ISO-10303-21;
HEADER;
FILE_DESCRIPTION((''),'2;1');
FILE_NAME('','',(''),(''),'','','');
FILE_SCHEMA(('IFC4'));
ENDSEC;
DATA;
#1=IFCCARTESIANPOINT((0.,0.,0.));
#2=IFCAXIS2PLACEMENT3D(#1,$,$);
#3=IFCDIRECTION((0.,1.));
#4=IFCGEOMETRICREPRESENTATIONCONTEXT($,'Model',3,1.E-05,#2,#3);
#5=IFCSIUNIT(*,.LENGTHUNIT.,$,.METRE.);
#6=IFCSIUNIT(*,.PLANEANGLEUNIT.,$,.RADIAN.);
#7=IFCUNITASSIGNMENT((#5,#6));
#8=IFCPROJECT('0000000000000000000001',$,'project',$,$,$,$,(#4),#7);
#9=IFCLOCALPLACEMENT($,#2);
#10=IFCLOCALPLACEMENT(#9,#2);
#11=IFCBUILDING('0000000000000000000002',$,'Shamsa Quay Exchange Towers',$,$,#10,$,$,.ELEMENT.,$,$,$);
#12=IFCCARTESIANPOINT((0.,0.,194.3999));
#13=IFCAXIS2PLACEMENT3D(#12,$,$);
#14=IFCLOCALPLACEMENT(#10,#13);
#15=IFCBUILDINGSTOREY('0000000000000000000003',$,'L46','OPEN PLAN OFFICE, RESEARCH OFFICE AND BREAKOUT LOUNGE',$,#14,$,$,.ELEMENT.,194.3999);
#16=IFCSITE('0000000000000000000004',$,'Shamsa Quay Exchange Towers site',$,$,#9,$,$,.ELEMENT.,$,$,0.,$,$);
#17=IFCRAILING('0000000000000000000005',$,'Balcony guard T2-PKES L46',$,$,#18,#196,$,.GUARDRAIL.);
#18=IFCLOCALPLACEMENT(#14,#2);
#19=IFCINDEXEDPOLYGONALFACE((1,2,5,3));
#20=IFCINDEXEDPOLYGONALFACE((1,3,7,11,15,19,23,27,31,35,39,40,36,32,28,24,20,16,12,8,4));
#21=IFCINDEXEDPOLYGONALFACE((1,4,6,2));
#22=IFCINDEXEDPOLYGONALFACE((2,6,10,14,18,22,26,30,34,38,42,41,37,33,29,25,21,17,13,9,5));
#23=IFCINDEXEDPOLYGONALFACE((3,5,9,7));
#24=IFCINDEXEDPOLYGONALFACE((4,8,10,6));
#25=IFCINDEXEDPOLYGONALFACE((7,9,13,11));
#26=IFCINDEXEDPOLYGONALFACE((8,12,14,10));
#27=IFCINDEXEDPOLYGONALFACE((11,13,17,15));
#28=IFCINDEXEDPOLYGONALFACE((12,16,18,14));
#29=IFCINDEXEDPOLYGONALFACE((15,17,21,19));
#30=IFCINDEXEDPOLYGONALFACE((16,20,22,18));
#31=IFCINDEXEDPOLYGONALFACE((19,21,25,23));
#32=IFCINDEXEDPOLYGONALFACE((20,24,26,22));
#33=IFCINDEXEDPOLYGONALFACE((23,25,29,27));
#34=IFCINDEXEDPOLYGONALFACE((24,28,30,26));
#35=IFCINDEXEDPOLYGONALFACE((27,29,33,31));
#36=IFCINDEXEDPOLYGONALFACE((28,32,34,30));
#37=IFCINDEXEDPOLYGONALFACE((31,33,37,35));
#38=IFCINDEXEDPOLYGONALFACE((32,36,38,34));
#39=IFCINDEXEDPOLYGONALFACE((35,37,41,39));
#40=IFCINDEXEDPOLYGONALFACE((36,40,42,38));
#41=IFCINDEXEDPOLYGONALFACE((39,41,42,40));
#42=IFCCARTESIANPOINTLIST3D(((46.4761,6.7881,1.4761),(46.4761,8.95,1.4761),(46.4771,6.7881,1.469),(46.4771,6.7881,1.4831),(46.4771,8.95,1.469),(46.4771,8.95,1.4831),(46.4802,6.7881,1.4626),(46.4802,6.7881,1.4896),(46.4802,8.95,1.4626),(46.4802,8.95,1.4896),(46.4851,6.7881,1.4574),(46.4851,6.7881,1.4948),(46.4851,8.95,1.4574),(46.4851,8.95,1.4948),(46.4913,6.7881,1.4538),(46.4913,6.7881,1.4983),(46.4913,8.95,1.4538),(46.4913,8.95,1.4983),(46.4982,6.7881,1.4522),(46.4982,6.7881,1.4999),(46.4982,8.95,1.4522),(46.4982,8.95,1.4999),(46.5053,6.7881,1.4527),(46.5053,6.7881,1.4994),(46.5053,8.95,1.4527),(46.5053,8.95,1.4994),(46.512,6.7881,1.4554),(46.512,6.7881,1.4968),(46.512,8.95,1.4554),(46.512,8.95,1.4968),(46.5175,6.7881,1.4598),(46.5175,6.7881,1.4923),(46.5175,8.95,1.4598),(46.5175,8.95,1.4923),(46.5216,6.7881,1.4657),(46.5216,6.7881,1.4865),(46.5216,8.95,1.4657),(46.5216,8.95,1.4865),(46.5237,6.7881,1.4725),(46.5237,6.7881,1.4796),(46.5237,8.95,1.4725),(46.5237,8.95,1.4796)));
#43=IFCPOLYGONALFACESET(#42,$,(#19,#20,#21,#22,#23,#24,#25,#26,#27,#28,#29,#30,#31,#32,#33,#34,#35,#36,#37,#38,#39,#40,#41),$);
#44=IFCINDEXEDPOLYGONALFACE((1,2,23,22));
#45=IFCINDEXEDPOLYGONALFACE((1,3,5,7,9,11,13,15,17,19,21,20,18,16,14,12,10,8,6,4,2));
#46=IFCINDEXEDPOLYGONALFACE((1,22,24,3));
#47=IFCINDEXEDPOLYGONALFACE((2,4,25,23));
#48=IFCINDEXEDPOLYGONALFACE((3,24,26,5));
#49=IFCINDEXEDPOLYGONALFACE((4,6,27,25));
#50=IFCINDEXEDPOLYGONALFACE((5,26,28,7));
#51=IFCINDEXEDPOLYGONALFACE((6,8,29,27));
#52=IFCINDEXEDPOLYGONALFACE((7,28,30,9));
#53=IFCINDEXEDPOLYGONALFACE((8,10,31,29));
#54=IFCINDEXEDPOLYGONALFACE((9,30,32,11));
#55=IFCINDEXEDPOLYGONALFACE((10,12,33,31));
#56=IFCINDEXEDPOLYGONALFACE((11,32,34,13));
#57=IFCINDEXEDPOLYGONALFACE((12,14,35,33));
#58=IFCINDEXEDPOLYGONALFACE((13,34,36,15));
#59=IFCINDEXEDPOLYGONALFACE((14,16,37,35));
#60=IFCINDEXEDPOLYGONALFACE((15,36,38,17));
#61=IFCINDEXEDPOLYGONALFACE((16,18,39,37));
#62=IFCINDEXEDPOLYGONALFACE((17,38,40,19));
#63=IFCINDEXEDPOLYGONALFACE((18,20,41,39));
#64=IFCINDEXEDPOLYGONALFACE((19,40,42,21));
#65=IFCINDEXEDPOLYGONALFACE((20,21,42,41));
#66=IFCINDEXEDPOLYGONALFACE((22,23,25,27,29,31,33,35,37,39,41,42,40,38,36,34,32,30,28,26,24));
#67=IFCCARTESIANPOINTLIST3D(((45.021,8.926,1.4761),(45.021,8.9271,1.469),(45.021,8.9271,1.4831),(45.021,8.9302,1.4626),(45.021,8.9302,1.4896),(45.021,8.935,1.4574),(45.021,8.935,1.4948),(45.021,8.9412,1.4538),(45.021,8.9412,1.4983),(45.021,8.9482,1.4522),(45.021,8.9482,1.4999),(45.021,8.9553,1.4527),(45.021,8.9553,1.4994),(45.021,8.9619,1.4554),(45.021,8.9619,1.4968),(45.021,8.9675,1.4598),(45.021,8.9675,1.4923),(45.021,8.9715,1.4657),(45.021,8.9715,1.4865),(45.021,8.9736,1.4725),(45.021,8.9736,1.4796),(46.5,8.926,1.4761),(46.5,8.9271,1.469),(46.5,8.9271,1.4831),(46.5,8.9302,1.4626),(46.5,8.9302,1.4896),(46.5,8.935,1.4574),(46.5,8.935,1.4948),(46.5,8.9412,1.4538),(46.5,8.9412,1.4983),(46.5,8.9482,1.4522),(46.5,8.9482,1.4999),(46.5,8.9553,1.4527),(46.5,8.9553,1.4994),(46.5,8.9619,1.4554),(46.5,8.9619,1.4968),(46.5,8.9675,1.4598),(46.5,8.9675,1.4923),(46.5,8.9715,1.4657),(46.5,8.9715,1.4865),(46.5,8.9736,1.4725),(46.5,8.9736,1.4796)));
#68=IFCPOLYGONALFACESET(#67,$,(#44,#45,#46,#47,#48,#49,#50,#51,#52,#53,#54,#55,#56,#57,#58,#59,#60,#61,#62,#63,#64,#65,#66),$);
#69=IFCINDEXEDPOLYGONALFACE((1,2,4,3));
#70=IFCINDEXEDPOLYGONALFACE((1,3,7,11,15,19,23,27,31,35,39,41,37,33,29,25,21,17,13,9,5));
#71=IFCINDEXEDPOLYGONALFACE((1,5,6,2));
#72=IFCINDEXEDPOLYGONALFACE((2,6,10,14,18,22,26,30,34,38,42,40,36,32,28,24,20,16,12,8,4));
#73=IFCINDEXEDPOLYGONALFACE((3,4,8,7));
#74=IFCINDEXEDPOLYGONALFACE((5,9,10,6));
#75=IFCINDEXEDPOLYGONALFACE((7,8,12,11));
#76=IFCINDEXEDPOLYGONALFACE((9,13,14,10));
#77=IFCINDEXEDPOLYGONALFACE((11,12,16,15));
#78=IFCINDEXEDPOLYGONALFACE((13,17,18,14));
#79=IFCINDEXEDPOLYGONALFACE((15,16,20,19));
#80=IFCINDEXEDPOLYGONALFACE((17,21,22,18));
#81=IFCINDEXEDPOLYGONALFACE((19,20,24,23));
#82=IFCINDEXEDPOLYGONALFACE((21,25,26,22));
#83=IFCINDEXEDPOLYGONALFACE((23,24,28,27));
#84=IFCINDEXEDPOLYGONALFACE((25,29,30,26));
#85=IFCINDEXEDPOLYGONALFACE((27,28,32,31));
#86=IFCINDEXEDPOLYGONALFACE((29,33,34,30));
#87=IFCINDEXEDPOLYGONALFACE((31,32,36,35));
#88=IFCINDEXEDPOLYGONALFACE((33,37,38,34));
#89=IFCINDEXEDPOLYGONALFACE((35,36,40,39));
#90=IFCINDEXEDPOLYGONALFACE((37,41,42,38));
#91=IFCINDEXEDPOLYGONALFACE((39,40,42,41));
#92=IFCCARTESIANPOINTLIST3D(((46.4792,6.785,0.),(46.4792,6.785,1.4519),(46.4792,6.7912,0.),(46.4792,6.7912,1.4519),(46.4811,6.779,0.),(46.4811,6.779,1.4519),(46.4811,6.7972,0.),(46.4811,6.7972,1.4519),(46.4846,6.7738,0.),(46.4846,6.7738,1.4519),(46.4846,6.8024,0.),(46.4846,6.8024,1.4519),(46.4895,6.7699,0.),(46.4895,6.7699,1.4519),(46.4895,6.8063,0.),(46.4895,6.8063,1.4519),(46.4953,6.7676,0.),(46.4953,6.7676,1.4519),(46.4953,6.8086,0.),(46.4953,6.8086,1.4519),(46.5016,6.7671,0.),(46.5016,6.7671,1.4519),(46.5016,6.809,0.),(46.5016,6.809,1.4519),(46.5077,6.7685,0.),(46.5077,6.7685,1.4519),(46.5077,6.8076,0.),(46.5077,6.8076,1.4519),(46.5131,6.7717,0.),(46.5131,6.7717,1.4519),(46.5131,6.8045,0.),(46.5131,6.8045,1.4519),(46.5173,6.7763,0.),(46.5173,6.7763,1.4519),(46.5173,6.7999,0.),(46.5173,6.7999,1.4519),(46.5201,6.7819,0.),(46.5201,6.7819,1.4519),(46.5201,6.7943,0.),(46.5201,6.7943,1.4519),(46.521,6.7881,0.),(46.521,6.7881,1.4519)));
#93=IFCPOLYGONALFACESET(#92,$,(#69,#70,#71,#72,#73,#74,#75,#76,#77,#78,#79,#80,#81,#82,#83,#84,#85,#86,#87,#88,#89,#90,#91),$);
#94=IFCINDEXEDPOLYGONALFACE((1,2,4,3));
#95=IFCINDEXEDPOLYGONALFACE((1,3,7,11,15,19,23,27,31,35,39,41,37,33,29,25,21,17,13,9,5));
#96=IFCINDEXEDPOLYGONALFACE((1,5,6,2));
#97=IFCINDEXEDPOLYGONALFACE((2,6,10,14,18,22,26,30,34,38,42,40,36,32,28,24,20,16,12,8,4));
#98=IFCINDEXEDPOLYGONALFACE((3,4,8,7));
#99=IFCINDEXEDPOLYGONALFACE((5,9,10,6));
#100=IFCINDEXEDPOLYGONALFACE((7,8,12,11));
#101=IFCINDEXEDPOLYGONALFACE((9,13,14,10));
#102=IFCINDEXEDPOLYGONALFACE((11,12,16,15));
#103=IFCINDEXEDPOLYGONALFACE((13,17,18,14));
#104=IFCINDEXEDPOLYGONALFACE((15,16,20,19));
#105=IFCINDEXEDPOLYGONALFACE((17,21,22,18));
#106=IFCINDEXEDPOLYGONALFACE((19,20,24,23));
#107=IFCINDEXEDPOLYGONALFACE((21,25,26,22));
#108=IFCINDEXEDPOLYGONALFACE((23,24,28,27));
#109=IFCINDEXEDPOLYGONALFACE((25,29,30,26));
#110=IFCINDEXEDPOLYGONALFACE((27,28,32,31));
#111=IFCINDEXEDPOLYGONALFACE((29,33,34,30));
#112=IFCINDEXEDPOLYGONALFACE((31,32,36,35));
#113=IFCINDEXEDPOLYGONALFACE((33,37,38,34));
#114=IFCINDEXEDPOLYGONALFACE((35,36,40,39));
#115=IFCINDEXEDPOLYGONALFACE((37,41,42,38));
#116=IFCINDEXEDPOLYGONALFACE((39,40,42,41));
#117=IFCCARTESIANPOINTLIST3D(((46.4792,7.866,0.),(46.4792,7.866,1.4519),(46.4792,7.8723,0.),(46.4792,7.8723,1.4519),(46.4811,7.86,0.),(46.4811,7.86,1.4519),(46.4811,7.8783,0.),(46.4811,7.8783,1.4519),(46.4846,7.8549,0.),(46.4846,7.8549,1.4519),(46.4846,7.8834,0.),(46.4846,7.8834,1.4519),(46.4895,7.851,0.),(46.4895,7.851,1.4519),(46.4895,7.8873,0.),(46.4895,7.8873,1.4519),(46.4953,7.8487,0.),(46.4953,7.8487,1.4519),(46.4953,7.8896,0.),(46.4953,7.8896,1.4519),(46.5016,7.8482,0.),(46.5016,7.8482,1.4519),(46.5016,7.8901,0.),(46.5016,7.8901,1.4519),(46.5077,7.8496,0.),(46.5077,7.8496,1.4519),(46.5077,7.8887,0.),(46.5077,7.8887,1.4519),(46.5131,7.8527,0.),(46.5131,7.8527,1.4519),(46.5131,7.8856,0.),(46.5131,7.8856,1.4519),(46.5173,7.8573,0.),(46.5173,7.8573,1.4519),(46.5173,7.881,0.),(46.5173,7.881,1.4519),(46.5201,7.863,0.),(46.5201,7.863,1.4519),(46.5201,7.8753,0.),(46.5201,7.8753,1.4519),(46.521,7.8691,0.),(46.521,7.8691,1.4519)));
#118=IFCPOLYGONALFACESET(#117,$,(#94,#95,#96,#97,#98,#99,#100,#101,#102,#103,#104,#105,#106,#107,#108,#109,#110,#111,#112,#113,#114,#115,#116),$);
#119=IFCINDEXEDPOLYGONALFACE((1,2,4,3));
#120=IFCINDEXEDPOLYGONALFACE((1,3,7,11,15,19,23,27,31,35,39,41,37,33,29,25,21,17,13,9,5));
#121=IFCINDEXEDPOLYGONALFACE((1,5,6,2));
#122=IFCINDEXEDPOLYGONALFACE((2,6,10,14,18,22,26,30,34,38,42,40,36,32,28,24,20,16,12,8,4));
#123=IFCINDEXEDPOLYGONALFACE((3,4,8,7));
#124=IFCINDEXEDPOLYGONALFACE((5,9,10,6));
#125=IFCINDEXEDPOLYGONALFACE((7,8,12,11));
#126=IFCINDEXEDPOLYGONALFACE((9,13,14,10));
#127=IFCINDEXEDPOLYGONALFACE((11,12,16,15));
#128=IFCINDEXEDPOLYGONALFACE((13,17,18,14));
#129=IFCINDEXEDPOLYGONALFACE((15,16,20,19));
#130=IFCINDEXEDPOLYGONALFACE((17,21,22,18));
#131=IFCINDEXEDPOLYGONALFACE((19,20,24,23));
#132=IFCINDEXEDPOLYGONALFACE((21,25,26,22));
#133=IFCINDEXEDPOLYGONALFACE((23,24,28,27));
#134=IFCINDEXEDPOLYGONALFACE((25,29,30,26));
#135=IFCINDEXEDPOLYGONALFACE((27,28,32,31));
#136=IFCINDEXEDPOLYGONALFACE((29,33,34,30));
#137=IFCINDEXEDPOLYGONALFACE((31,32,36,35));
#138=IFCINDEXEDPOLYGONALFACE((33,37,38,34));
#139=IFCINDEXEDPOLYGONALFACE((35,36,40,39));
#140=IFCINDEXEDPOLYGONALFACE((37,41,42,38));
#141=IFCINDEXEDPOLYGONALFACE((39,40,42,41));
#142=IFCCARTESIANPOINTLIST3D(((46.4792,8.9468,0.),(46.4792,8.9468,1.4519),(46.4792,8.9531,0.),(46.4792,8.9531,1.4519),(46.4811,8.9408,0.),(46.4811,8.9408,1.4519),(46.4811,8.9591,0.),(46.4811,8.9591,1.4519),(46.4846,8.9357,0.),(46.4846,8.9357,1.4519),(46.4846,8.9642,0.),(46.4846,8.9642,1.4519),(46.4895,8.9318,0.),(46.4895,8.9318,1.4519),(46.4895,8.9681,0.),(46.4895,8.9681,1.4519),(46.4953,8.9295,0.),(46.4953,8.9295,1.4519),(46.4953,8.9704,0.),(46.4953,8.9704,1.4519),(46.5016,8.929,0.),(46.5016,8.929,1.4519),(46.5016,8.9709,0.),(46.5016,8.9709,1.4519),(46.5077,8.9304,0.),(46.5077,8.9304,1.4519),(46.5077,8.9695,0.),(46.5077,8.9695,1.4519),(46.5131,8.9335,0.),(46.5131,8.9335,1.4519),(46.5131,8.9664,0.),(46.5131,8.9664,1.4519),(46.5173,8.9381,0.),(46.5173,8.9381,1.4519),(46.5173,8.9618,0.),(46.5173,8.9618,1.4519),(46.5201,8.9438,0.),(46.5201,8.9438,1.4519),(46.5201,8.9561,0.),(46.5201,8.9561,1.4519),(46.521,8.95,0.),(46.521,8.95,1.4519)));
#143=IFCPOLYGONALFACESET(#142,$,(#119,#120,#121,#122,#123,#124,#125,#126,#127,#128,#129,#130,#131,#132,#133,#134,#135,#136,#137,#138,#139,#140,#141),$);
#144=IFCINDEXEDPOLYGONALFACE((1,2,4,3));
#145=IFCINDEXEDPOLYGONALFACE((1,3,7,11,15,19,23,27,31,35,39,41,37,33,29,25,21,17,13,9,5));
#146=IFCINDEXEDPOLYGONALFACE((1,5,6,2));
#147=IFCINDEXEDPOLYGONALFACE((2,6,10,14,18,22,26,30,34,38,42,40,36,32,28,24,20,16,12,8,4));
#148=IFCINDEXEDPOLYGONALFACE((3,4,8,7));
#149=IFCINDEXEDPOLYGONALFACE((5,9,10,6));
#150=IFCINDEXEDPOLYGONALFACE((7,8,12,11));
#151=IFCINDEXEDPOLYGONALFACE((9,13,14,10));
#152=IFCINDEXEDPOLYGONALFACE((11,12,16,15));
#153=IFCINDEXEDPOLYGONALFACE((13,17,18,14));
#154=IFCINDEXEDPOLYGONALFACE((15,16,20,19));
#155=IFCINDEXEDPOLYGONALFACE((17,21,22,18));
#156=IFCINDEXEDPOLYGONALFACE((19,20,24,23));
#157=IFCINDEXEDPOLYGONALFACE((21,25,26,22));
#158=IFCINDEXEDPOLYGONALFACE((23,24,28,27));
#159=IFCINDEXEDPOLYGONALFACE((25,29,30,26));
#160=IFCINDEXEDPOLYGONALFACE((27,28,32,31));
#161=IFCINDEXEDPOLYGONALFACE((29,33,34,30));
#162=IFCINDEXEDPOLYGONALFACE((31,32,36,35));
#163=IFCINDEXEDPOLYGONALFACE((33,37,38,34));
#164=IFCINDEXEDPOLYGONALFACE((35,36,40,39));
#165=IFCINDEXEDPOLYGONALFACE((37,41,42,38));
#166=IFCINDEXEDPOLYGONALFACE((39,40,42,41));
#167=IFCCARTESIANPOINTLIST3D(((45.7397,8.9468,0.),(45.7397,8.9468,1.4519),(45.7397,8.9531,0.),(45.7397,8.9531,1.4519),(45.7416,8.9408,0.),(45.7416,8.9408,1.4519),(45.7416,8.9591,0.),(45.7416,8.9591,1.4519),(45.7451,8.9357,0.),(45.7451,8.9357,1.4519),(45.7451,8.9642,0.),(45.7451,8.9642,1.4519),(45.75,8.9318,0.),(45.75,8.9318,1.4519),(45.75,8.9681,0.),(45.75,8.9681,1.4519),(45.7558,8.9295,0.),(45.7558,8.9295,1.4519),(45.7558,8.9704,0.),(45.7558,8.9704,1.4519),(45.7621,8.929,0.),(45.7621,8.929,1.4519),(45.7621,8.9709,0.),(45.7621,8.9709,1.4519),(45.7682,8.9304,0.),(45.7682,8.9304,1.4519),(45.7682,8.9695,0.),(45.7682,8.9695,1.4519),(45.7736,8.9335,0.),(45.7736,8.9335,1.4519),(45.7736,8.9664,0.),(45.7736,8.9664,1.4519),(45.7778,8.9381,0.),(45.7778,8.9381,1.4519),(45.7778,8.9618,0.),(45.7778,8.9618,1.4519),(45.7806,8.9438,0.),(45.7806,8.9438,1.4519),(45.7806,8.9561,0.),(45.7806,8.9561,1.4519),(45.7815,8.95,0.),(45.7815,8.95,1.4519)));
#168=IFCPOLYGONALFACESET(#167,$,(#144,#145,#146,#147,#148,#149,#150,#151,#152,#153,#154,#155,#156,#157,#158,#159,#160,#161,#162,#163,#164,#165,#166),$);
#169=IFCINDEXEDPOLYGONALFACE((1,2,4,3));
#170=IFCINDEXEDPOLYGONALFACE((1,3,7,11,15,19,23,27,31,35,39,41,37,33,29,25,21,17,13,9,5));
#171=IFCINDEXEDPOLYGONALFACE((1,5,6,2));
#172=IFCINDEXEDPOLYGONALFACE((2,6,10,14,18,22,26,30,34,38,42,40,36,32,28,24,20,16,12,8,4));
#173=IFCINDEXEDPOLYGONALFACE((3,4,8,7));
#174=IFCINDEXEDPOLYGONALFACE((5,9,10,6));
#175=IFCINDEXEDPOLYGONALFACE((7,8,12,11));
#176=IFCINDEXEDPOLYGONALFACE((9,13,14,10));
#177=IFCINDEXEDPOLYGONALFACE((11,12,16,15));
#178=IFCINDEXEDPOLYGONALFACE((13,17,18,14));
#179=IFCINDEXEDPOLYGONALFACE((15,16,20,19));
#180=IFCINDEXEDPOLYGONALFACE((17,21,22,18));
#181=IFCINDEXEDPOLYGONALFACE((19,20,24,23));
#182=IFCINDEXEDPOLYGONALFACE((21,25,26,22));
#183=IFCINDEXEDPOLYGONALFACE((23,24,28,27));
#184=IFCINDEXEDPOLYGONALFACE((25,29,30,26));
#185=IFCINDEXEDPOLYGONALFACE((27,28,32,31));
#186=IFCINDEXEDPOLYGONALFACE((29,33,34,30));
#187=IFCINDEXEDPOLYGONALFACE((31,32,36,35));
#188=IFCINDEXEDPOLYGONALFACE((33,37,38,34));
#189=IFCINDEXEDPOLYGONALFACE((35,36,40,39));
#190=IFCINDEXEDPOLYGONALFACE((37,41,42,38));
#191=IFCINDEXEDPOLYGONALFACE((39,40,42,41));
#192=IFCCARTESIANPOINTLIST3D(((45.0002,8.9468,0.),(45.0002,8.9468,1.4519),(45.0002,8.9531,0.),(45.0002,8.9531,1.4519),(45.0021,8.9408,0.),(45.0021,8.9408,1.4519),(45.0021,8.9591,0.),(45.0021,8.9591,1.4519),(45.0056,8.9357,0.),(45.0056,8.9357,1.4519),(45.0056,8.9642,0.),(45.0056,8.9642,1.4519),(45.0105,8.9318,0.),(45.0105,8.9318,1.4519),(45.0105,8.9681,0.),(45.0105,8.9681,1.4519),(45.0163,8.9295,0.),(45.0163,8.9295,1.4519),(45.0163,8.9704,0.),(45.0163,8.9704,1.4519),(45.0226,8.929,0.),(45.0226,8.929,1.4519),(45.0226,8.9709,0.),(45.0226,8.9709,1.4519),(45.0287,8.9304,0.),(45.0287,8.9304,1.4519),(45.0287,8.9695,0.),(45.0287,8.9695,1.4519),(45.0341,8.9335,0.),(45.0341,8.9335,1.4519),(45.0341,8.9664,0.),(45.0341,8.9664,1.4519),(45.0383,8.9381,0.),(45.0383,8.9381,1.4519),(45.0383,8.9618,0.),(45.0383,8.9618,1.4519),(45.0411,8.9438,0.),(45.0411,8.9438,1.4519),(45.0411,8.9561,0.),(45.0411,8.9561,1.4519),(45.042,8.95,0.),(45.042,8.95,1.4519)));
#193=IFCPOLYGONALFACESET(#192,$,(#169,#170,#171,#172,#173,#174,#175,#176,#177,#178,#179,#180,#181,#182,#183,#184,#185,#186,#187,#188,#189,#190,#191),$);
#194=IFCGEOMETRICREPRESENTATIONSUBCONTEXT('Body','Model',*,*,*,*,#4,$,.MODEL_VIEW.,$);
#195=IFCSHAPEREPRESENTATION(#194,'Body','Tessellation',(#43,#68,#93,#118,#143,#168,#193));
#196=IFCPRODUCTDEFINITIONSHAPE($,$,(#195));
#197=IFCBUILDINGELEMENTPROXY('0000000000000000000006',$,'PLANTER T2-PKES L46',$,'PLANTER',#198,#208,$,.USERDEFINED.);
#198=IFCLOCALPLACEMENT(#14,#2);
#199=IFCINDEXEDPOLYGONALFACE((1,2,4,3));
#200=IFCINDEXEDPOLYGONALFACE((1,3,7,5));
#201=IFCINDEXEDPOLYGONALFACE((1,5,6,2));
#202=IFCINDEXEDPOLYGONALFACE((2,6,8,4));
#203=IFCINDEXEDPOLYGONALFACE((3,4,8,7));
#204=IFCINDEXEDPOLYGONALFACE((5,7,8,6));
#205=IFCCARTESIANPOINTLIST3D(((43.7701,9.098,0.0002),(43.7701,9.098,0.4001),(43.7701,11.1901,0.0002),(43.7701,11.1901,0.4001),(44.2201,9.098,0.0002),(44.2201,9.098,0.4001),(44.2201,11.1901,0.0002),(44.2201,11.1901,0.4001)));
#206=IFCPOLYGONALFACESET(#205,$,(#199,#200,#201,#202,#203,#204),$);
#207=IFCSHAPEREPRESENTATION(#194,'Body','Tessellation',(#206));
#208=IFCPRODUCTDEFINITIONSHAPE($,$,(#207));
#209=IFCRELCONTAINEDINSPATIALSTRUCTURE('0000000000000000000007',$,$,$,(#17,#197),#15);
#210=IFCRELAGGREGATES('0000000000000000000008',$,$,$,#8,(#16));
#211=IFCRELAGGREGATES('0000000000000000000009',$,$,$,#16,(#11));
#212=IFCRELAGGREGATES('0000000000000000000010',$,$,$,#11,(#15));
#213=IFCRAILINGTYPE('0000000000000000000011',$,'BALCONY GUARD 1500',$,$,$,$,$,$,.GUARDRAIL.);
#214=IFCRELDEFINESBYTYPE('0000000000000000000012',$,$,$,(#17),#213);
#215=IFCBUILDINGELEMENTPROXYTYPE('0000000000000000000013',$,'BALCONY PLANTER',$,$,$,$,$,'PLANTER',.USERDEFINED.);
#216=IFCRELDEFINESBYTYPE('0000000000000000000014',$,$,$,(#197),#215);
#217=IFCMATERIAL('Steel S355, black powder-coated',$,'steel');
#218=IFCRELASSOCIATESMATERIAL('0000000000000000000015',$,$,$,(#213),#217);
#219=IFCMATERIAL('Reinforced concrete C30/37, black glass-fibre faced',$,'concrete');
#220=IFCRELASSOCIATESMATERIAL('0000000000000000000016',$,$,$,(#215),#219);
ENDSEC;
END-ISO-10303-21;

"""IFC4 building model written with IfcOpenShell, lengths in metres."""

from ifc_helpers import new_model, si_unit, direction, frame, origin, origin_2d, place, context, subcontext, project, spatial, rectangle, circle, extrude, material, type_object, element, save


model = new_model("IFC4")

# Units and contexts
model_context = context("Model", 3, precision=1e-05, world=origin(), true_north=direction((0.0, 1.0)))
body_context = subcontext(model_context, "Body", "Model", "MODEL_VIEW")
ifc_project = project(units=[si_unit("LENGTHUNIT", "METRE"), si_unit("PLANEANGLEUNIT", "RADIAN")], contexts=[model_context])

# Site, building, storey
site_placement = place(None, origin())
site = spatial("IfcSite", under=ifc_project, at=site_placement, Name="Shamsa Quay Exchange Towers site", CompositionType="ELEMENT", RefElevation=0.0)
building_placement = place(site_placement, origin())
building = spatial("IfcBuilding", under=site, at=building_placement, Name="Shamsa Quay Exchange Towers", CompositionType="ELEMENT")
storey_placement = place(building_placement, frame((0.0, 0.0, 194.3999)))
storey = spatial("IfcBuildingStorey", under=building, at=storey_placement, Name="L46", Description="OPEN PLAN OFFICE, RESEARCH OFFICE AND BREAKOUT LOUNGE", CompositionType="ELEMENT", Elevation=194.3999)

# Railing
ifc_material_1 = material(Name="Steel S355, black powder-coated", Category="steel")
railing_type_1 = type_object("IfcRailingType", Name="BALCONY GUARD 1500", PredefinedType="GUARDRAIL", material=ifc_material_1)
for number, where, name in (
    (1, (46.5, 6.7881, 0.0), "Balcony guard T2-PKES L46"),
):
    element("IfcRailing", number, at=place(storey_placement, frame(where)), inside=storey, type_object=railing_type_1, Name=name, PredefinedType="GUARDRAIL", context=body_context, shape_type="SweptSolid", body=[
        extrude(circle(Radius=0.0239, at=origin_2d()), frame((0.0, 0.0, 1.4761), z_axis=(0.0, 1.0, 0.0), x_axis=(-1.0, 0.0, 0.0)), (0.0, 0.0, 1.0), 2.1619),
        extrude(circle(Radius=0.0239, at=origin_2d()), frame((0.0, 2.1619, 1.4761), z_axis=(-1.0, 0.0, 0.0), x_axis=(0.0, -1.0, 0.0)), (0.0, 0.0, 1.0), 1.479),
        extrude(circle(Radius=0.021, at=origin_2d()), origin(), (0.0, 0.0, 1.0), 1.4519),
        extrude(circle(Radius=0.021, at=origin_2d()), frame((0.0, 1.0811, 0.0)), (0.0, 0.0, 1.0), 1.4519),
        extrude(circle(Radius=0.021, at=origin_2d()), frame((0.0, 2.1619, 0.0)), (0.0, 0.0, 1.0), 1.4519),
        extrude(circle(Radius=0.021, at=origin_2d()), frame((-0.7395, 2.1619, 0.0)), (0.0, 0.0, 1.0), 1.4519),
        extrude(circle(Radius=0.021, at=origin_2d()), frame((-1.479, 2.1619, 0.0)), (0.0, 0.0, 1.0), 1.4519),
    ])

# Building element proxy
ifc_material_2 = material(Name="Reinforced concrete C30/37, black glass-fibre faced", Category="concrete")
building_element_proxy_type = type_object("IfcBuildingElementProxyType", Name="BALCONY PLANTER", ElementType="PLANTER", PredefinedType="USERDEFINED", material=ifc_material_2)
for number, where, z_axis, x_axis, name in (
    (2, (43.9951, 10.144, 0.0002), (0.0, 0.0, 1.0), (0.0, 1.0, 0.0), "PLANTER T2-PKES L46"),
):
    element("IfcBuildingElementProxy", number, at=place(storey_placement, frame(where, z_axis=z_axis, x_axis=x_axis)), inside=storey, type_object=building_element_proxy_type, Name=name, ObjectType="PLANTER", PredefinedType="USERDEFINED", context=body_context, shape_type="SweptSolid", body=[
        extrude(rectangle(XDim=2.092, YDim=0.45, at=origin_2d()), origin(), (0.0, 0.0, 1.0), 0.3999),
    ])

save(model, "model.ifc")
